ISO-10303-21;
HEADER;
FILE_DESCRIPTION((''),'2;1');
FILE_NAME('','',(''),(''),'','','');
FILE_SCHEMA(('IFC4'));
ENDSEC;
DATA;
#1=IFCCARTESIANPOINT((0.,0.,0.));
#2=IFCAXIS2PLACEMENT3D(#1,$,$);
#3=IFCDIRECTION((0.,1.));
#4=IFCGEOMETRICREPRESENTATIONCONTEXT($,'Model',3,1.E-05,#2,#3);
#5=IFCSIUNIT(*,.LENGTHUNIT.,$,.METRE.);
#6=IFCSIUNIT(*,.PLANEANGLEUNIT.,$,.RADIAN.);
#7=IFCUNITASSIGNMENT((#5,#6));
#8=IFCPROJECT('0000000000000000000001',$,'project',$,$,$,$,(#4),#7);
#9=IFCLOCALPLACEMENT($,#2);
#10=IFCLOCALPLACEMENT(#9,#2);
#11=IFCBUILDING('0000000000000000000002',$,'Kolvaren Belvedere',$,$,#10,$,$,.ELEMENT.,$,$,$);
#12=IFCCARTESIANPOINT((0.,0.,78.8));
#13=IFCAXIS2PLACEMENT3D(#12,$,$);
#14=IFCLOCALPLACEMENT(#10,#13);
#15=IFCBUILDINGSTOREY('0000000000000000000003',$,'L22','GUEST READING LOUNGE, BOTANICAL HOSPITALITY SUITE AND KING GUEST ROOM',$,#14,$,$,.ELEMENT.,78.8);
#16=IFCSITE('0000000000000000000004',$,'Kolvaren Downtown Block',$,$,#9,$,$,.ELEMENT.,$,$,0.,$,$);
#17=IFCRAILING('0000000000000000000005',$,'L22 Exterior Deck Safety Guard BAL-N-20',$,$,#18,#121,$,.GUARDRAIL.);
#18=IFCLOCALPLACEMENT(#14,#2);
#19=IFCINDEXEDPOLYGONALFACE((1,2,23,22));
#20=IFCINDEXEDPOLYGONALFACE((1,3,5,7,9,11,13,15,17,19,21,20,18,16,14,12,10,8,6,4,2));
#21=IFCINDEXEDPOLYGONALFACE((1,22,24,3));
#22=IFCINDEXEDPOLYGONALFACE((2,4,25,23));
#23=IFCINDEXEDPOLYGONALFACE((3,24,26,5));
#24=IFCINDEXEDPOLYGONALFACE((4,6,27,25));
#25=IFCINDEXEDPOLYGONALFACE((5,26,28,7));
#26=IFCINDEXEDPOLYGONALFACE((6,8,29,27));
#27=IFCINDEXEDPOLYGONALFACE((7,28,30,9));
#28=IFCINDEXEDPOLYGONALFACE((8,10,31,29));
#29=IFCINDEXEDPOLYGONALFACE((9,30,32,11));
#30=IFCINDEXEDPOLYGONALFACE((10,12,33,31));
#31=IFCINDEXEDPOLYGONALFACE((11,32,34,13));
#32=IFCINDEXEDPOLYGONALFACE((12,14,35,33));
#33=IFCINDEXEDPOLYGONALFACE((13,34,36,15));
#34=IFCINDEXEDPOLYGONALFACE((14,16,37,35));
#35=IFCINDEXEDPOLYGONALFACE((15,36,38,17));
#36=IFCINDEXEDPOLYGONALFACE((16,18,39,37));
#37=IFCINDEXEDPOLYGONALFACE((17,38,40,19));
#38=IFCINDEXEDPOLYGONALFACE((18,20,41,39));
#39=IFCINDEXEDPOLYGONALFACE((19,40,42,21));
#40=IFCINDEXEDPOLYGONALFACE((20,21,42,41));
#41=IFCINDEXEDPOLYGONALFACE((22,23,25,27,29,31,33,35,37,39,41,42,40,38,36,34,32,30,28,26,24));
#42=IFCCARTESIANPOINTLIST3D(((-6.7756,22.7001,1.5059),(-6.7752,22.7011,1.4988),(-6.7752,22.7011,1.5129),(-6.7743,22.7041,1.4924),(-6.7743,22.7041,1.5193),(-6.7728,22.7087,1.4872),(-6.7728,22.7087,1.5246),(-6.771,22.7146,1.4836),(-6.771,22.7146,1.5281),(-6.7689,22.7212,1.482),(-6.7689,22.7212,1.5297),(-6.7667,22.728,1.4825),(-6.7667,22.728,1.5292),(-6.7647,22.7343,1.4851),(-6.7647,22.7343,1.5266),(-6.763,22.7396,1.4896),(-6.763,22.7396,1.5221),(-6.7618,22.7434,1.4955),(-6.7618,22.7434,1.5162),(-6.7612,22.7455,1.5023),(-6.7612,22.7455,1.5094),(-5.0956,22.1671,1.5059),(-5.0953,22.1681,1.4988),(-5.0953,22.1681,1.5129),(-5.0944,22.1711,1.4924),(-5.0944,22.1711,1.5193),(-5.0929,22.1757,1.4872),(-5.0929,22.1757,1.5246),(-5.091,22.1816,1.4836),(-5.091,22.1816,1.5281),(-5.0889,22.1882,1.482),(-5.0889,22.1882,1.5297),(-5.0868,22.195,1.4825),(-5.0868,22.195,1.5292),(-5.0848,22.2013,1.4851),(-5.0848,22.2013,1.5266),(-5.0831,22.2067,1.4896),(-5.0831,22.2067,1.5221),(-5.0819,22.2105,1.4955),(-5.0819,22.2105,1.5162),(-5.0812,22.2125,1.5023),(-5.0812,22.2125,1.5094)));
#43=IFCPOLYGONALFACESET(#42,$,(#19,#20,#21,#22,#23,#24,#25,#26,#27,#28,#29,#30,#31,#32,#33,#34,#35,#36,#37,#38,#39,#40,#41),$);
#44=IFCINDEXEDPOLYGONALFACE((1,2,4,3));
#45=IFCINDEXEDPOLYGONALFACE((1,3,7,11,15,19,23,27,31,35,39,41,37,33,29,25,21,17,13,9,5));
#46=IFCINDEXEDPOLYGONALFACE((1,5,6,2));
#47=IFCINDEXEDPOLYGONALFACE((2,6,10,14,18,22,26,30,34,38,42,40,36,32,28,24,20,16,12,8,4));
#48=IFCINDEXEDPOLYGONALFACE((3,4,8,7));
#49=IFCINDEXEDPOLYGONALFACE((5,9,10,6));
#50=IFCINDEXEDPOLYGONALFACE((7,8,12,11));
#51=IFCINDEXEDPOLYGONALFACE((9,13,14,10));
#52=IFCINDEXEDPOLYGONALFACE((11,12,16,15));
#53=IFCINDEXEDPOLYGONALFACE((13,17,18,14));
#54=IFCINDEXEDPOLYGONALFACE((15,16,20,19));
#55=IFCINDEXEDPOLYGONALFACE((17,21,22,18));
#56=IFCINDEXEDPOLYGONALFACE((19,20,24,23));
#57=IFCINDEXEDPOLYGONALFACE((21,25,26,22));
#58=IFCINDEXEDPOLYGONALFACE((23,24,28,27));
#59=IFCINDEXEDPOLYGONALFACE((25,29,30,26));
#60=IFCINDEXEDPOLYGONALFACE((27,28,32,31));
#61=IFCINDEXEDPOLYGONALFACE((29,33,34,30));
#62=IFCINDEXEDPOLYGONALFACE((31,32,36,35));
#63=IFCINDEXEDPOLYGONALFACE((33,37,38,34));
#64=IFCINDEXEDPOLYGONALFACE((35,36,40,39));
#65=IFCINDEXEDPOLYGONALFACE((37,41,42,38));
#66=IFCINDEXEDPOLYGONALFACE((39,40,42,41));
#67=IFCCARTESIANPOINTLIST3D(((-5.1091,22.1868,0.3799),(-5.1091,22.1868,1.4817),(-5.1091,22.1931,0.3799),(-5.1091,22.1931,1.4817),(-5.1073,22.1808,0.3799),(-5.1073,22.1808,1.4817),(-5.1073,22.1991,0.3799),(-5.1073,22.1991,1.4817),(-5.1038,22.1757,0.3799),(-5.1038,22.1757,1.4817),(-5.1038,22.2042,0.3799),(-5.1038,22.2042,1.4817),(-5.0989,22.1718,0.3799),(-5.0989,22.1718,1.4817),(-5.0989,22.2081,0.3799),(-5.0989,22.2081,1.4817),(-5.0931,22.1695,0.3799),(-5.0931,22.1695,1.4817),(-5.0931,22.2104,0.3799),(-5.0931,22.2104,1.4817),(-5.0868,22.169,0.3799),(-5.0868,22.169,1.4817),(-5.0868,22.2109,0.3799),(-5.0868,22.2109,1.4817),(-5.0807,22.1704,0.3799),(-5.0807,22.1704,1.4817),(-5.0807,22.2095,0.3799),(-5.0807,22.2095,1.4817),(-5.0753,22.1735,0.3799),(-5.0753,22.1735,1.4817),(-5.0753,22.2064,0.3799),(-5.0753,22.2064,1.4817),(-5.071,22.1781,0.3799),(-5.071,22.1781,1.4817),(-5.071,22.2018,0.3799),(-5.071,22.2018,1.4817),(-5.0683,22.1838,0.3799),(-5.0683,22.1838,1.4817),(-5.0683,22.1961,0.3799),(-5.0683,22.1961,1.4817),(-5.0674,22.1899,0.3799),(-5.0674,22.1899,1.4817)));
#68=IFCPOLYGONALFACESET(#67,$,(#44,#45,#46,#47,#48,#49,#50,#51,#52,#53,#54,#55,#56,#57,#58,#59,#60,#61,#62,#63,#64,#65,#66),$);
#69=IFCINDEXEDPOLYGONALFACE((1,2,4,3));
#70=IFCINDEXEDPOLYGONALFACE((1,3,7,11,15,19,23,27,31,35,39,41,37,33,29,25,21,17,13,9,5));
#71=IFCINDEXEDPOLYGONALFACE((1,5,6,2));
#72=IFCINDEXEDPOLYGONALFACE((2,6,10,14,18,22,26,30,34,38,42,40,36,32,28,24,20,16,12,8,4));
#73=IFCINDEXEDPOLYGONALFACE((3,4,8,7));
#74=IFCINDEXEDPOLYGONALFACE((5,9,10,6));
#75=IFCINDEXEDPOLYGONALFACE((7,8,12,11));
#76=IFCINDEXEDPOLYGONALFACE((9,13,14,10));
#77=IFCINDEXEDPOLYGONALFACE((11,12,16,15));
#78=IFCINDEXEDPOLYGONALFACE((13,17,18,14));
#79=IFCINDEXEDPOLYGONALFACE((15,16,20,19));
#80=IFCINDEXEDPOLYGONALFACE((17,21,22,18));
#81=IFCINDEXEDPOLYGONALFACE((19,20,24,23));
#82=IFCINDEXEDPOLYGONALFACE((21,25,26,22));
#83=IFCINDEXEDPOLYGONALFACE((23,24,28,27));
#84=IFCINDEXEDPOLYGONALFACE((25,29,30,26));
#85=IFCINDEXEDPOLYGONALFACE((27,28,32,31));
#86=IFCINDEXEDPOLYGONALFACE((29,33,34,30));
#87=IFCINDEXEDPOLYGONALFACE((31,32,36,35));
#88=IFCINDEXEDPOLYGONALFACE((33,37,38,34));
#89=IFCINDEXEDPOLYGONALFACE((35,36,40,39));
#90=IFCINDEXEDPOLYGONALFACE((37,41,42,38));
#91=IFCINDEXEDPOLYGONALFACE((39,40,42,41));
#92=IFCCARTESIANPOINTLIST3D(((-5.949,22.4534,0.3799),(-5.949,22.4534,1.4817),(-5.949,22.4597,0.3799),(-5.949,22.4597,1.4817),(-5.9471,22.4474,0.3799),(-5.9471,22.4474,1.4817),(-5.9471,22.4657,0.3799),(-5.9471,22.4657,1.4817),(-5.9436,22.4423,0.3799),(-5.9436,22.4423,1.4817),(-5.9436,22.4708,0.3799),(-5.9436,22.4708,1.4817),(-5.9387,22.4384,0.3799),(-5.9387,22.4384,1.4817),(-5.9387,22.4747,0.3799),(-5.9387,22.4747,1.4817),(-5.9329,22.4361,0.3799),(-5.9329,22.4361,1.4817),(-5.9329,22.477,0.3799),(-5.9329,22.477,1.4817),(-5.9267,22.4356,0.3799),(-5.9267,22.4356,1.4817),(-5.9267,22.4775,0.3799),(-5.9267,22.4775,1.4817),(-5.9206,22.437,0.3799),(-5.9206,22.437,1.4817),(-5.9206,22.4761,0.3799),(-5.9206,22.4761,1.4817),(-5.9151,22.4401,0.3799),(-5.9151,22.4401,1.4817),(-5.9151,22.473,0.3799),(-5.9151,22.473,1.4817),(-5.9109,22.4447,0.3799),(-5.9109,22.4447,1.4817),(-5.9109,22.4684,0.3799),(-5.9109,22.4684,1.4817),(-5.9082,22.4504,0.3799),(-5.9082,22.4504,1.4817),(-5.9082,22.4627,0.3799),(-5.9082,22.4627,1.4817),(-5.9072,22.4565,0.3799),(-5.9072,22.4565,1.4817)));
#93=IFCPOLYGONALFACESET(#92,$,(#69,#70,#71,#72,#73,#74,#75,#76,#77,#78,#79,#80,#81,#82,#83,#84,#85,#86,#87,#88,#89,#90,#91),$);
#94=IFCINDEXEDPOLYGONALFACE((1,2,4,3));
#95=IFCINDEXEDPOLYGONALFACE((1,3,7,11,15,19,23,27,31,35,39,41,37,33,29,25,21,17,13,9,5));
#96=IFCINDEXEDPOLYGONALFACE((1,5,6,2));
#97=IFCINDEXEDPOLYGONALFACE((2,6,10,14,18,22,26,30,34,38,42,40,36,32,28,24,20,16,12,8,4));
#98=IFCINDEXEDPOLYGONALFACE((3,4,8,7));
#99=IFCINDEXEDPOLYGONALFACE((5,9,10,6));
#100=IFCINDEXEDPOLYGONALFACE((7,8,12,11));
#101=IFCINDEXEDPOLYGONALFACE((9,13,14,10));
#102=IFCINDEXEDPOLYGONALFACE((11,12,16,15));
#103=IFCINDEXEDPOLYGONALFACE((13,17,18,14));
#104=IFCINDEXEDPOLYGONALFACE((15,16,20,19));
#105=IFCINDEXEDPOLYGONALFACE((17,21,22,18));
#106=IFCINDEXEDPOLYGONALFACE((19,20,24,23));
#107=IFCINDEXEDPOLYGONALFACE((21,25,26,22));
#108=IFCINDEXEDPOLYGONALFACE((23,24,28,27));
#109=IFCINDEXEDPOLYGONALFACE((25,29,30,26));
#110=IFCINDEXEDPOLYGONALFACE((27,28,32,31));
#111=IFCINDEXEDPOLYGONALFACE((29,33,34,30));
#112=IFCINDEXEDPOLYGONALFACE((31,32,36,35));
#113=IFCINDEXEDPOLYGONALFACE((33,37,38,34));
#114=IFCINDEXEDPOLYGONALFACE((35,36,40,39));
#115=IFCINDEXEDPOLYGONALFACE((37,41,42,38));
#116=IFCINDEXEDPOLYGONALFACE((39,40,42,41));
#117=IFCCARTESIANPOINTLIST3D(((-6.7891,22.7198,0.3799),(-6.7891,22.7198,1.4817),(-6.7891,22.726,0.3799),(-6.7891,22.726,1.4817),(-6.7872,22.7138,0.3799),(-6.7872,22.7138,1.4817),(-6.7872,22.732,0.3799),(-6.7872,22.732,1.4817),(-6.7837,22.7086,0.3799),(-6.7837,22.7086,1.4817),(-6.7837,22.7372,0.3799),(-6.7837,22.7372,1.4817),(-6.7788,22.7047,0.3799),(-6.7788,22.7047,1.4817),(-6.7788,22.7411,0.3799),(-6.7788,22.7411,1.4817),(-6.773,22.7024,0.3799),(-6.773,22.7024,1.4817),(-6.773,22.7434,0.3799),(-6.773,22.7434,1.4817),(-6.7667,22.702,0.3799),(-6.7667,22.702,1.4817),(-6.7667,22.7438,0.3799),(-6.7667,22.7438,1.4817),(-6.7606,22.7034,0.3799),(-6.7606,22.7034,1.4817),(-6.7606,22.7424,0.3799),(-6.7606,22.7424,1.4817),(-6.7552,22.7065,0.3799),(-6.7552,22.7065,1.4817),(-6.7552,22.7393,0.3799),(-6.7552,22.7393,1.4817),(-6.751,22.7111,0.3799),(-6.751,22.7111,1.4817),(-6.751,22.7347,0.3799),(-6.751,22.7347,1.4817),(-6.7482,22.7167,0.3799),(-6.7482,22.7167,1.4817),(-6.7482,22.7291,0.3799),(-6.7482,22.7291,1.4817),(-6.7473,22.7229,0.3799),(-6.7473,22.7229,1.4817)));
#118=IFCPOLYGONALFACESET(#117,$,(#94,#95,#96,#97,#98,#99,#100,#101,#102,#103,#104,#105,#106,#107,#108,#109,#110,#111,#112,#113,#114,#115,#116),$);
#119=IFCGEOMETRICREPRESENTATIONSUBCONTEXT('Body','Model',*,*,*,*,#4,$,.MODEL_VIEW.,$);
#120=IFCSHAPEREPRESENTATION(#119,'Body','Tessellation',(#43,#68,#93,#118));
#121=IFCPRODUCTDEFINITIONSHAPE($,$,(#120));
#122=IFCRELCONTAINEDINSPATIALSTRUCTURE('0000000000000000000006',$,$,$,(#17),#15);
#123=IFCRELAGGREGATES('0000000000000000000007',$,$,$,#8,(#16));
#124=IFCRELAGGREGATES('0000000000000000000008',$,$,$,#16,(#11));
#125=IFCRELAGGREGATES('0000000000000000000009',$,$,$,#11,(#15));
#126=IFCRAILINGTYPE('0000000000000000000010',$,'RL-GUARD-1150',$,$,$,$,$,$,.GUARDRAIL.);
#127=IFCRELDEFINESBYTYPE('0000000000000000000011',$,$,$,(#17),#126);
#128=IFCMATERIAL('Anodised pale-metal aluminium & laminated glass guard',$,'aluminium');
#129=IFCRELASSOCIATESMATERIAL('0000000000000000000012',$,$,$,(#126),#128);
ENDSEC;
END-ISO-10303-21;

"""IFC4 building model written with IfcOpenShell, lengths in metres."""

from ifc_helpers import new_model, si_unit, direction, frame, origin, origin_2d, place, context, subcontext, project, spatial, circle, extrude, material, type_object, element, save


model = new_model("IFC4")

# Units and contexts
model_context = context("Model", 3, precision=1e-05, world=origin(), true_north=direction((0.0, 1.0)))
body_context = subcontext(model_context, "Body", "Model", "MODEL_VIEW")
ifc_project = project(units=[si_unit("LENGTHUNIT", "METRE"), si_unit("PLANEANGLEUNIT", "RADIAN")], contexts=[model_context])

# Site, building, storey
site_placement = place(None, origin())
site = spatial("IfcSite", under=ifc_project, at=site_placement, Name="Kolvaren Downtown Block", CompositionType="ELEMENT", RefElevation=0.0)
building_placement = place(site_placement, origin())
building = spatial("IfcBuilding", under=site, at=building_placement, Name="Kolvaren Belvedere", CompositionType="ELEMENT")
storey_placement = place(building_placement, frame((0.0, 0.0, 78.8)))
storey = spatial("IfcBuildingStorey", under=building, at=storey_placement, Name="L22", Description="GUEST READING LOUNGE, BOTANICAL HOSPITALITY SUITE AND KING GUEST ROOM", CompositionType="ELEMENT", Elevation=78.8)

# Railing
ifc_material_1 = material(Name="Anodised pale-metal aluminium & laminated glass guard", Category="aluminium")
railing_type = type_object("IfcRailingType", Name="RL-GUARD-1150", PredefinedType="GUARDRAIL", material=ifc_material_1)
railing_1_placement = place(storey_placement, frame((-5.0884, 22.1899, 0.3799)))
element("IfcRailing", 1, at=railing_1_placement, inside=storey, type_object=railing_type, Name="L22 Exterior Deck Safety Guard BAL-N-20", PredefinedType="GUARDRAIL", context=body_context, shape_type="SweptSolid", body=[
    extrude(circle(Radius=0.0239, at=origin_2d()), frame((0.0, 0.0, 1.126), z_axis=(-0.953182, 0.302397, 0.0), x_axis=(-0.302397, -0.953182, 0.0)), (0.0, 0.0, 1.0), 1.7625),
    extrude(circle(Radius=0.021, at=origin_2d()), origin(), (0.0, 0.0, 1.0), 1.1018),
    extrude(circle(Radius=0.021, at=origin_2d()), frame((-0.8398, 0.2666, 0.0)), (0.0, 0.0, 1.0), 1.1018),
    extrude(circle(Radius=0.021, at=origin_2d()), frame((-1.6799, 0.533, 0.0)), (0.0, 0.0, 1.0), 1.1018),
])

save(model, "model.ifc")
